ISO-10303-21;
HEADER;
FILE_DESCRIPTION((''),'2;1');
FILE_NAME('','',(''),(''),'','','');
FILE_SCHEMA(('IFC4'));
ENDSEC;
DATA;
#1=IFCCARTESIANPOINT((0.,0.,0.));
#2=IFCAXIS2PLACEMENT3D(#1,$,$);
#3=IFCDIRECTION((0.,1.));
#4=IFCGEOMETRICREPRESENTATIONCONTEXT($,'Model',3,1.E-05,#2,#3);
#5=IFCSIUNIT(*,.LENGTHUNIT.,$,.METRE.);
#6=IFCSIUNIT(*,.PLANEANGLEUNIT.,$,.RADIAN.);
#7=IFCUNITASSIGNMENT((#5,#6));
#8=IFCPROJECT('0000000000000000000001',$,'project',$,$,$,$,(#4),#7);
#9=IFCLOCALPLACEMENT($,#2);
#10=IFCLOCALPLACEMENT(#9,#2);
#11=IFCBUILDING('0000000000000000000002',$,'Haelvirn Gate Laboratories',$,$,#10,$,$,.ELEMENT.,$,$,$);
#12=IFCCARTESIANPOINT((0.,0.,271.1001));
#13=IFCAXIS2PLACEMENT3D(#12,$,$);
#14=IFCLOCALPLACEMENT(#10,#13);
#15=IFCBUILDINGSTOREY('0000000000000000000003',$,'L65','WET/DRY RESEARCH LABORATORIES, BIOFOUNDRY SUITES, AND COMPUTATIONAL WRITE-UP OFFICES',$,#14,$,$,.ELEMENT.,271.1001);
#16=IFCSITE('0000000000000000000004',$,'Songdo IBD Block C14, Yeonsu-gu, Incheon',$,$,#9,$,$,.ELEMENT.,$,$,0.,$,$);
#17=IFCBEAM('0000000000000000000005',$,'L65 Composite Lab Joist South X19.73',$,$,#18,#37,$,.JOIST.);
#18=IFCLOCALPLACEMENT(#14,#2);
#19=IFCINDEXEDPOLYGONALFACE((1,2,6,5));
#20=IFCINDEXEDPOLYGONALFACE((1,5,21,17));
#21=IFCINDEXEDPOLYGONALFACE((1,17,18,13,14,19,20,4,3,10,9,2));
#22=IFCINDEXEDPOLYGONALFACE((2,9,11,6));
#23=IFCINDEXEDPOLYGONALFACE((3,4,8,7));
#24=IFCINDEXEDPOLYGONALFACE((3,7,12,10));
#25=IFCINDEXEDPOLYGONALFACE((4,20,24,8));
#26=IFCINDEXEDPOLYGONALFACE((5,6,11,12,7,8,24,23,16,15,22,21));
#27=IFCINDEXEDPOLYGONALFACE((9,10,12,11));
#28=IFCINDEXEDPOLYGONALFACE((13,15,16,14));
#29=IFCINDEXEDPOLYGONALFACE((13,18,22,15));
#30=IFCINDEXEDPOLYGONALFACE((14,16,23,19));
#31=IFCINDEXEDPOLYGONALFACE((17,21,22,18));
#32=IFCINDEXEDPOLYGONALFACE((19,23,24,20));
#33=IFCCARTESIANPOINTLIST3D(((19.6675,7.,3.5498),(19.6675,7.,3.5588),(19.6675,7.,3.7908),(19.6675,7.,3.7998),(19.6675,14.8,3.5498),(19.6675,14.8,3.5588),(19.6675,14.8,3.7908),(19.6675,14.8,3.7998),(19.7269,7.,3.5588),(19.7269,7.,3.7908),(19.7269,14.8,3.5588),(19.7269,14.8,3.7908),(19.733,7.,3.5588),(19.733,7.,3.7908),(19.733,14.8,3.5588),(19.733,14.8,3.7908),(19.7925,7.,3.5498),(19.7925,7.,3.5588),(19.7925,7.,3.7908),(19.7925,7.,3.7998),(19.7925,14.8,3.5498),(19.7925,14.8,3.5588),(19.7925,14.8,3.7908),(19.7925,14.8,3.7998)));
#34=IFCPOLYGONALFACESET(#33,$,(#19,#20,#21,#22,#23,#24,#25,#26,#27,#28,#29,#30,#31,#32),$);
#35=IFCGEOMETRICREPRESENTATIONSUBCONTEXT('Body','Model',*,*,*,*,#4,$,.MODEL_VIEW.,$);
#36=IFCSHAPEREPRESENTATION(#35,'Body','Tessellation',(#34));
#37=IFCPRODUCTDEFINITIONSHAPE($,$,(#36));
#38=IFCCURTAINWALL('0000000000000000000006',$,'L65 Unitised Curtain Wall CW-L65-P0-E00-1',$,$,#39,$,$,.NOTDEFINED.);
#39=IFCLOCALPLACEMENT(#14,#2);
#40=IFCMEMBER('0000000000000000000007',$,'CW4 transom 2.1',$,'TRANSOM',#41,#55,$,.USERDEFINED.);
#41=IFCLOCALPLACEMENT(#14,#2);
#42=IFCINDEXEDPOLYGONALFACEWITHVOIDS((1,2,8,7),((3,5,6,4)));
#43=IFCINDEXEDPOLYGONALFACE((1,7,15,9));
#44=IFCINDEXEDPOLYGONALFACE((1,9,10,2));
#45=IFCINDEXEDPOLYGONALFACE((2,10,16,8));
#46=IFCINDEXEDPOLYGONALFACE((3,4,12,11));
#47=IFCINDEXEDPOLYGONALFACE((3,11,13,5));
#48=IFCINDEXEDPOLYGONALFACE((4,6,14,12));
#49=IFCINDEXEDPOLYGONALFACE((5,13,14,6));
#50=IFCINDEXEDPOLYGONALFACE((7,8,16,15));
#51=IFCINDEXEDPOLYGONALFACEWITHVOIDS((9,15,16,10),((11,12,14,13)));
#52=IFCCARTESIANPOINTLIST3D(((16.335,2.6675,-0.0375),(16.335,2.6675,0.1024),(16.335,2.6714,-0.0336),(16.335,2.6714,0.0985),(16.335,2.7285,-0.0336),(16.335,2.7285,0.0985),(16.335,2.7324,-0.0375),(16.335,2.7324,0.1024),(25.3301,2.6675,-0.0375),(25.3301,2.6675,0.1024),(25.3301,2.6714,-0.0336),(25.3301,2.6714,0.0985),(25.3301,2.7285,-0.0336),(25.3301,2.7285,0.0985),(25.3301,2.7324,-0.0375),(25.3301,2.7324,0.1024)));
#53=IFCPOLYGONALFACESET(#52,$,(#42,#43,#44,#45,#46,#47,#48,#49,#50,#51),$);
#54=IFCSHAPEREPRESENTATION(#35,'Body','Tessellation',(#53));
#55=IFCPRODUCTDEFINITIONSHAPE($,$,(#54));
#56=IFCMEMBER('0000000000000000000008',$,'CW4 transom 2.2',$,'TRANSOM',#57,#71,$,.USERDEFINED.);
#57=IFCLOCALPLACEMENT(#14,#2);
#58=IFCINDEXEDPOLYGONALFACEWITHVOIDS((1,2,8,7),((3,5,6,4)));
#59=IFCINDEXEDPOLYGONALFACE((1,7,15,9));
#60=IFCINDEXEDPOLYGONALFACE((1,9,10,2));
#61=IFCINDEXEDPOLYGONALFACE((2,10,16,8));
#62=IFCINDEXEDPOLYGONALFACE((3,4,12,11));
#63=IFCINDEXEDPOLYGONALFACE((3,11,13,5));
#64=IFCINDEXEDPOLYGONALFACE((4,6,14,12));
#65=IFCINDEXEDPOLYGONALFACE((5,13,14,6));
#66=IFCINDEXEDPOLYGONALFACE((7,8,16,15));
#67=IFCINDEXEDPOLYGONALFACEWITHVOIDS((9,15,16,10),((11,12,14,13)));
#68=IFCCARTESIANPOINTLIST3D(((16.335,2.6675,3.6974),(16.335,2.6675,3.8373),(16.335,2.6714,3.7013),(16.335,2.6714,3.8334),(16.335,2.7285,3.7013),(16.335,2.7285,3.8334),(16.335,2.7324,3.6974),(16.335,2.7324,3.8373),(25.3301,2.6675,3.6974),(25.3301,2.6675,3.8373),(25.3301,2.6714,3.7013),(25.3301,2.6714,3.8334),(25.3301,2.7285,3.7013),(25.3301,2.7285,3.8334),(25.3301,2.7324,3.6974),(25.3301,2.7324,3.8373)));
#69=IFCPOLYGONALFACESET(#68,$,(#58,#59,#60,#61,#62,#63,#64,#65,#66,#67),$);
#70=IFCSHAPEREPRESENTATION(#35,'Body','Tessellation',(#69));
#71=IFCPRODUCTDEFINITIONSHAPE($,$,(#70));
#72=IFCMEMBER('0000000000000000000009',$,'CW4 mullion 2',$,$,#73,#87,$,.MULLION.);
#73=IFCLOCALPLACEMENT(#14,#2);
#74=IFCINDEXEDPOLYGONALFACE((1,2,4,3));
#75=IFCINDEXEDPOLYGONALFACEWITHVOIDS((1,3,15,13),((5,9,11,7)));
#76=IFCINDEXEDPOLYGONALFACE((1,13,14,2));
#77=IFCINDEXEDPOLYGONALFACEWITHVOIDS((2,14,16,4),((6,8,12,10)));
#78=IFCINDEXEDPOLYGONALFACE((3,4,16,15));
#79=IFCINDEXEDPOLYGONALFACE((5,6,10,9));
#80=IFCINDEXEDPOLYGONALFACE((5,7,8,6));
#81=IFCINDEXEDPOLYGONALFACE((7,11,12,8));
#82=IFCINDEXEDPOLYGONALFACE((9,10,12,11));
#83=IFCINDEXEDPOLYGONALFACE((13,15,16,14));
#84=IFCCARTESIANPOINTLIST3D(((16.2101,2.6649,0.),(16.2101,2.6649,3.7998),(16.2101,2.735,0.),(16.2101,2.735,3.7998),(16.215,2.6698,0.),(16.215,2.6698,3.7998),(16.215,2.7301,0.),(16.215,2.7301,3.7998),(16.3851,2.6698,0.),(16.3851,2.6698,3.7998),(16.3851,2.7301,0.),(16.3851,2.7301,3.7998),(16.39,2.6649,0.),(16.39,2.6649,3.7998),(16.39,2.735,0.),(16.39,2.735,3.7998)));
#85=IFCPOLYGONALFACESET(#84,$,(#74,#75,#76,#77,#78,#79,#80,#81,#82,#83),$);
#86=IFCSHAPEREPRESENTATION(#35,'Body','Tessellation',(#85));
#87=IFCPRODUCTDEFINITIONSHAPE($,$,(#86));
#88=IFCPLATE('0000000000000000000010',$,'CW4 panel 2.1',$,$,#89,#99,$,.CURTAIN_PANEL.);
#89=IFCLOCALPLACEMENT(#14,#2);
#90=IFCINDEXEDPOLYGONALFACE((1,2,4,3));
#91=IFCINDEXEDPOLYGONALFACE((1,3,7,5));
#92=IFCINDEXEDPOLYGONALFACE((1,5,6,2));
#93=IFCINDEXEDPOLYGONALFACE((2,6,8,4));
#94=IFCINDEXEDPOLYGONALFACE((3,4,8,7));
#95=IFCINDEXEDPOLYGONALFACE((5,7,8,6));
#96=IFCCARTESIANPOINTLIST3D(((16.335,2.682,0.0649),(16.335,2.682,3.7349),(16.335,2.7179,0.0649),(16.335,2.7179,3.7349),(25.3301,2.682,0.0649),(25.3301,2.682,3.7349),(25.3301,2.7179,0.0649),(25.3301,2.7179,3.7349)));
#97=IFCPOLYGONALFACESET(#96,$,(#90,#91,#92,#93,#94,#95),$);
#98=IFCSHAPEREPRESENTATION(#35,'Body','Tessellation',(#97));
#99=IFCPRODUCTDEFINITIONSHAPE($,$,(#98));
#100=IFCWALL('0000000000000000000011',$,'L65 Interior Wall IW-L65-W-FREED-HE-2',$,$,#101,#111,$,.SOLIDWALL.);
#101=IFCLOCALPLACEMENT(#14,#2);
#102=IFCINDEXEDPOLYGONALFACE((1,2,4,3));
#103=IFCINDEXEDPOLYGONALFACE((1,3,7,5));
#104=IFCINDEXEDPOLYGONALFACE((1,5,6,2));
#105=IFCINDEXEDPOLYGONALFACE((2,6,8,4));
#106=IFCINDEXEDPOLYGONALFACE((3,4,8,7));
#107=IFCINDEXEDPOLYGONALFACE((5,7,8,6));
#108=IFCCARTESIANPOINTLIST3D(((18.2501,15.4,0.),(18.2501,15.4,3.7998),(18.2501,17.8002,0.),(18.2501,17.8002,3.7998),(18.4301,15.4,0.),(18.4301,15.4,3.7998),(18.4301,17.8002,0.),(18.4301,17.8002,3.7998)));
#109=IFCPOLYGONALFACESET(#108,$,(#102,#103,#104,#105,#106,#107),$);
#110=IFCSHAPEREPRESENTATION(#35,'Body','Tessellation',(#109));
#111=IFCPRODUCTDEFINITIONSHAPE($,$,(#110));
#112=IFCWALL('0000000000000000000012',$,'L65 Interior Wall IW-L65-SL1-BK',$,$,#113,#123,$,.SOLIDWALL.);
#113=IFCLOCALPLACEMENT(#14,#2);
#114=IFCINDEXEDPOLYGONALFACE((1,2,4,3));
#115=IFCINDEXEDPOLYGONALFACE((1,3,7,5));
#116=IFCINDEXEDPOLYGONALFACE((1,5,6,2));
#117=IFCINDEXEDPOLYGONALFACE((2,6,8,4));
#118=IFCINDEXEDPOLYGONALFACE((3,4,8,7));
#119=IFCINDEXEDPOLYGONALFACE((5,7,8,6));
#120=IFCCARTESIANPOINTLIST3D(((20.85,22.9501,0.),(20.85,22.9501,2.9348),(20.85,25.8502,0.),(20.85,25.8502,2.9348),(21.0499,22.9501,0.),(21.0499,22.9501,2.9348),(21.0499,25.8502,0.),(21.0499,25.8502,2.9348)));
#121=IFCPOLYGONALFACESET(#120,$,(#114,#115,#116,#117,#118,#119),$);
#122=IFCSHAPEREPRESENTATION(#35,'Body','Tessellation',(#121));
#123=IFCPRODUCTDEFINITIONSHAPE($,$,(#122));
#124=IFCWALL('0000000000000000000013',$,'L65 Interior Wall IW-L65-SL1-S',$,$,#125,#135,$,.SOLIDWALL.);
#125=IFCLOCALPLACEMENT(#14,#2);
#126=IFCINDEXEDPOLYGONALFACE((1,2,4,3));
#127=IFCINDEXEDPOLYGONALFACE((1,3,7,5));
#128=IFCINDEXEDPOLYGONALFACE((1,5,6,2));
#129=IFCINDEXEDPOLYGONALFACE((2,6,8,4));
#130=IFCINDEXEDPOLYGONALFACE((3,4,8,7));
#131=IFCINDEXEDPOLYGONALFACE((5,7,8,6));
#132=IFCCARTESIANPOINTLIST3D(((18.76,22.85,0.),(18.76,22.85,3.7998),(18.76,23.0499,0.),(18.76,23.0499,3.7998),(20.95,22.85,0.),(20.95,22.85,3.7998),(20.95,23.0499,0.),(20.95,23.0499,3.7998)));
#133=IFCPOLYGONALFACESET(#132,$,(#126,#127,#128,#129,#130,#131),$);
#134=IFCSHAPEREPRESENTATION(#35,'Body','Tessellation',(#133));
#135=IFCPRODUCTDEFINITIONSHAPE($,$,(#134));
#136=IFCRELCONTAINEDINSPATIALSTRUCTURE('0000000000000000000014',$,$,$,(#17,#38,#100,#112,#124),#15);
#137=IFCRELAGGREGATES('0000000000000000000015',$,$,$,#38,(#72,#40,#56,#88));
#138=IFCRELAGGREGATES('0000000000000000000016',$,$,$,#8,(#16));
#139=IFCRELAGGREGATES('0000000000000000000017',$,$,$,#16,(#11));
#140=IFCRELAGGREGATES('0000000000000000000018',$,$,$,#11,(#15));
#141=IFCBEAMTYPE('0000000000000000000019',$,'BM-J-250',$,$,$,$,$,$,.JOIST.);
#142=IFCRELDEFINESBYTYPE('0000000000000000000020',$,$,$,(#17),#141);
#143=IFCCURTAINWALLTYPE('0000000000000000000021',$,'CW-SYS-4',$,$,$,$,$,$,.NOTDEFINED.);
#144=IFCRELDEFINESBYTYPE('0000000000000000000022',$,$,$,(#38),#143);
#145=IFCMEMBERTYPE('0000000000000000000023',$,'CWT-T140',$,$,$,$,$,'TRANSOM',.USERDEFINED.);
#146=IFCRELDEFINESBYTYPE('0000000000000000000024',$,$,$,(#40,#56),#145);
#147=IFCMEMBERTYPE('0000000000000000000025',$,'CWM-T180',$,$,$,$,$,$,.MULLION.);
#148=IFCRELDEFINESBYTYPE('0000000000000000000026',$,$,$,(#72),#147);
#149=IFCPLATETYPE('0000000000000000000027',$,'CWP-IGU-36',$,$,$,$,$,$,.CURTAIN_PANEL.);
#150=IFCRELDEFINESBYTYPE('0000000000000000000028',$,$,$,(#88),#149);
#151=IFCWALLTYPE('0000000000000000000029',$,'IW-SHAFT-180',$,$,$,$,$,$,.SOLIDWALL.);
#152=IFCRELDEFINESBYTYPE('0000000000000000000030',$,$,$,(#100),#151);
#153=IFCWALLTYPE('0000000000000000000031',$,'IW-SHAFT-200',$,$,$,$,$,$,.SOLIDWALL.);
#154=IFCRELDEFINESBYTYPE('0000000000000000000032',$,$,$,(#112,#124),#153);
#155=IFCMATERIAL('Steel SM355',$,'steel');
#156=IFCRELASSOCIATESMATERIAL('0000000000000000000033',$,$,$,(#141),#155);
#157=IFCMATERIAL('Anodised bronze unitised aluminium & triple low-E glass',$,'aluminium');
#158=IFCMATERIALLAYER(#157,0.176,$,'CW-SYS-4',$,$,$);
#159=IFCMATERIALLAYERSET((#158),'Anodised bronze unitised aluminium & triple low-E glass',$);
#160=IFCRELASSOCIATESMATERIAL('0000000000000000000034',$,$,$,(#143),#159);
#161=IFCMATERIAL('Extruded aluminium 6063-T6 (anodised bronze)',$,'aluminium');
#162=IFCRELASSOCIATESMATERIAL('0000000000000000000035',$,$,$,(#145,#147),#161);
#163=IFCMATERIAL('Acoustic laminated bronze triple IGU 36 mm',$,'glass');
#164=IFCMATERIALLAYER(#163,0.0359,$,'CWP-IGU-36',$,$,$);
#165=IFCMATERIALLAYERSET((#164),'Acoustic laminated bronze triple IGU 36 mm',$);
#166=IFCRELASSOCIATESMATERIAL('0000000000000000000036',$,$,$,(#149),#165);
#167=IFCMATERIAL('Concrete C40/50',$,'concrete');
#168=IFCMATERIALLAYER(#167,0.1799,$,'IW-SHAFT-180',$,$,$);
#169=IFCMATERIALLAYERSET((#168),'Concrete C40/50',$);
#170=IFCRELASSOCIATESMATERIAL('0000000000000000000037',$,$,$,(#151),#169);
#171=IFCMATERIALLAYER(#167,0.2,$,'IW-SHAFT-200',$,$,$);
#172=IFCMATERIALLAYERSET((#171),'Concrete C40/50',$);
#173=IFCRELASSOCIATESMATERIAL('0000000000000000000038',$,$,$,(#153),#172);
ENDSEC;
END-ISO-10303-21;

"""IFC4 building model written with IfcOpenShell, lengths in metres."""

from ifc_helpers import new_model, si_unit, direction, frame, frame_2d, origin, origin_2d, place, context, subcontext, project, spatial, rectangle, hollow_rectangle, i_section, extrude, source, transform, mapped, material, layer, layer_set, material_profile, profile_set, type_object, type_shapes, element, aggregate, save


model = new_model("IFC4")

# Units and contexts
model_context = context("Model", 3, precision=1e-05, world=origin(), true_north=direction((0.0, 1.0)))
body_context = subcontext(model_context, "Body", "Model", "MODEL_VIEW")
ifc_project = project(units=[si_unit("LENGTHUNIT", "METRE"), si_unit("PLANEANGLEUNIT", "RADIAN")], contexts=[model_context])

# Site, building, storey
site_placement = place(None, origin())
site = spatial("IfcSite", under=ifc_project, at=site_placement, Name="Songdo IBD Block C14, Yeonsu-gu, Incheon", CompositionType="ELEMENT", RefElevation=0.0)
building_placement = place(site_placement, origin())
building = spatial("IfcBuilding", under=site, at=building_placement, Name="Haelvirn Gate Laboratories", CompositionType="ELEMENT")
storey_placement = place(building_placement, frame((0.0, 0.0, 271.1001)))
storey = spatial("IfcBuildingStorey", under=building, at=storey_placement, Name="L65", Description="WET/DRY RESEARCH LABORATORIES, BIOFOUNDRY SUITES, AND COMPUTATIONAL WRITE-UP OFFICES", CompositionType="ELEMENT", Elevation=271.1001)

# Beam
ifc_material_1 = material(Name="Steel SM355", Category="steel")
ifc_material_profile_1 = material_profile(ifc_material_1, i_section(OverallWidth=0.125, OverallDepth=0.25, WebThickness=0.0061, FlangeThickness=0.009, at=origin_2d()), Name="H-250x125x6x9")
ifc_profile_set_1 = profile_set([ifc_material_profile_1], Name="Steel SM355")
beam_type_1 = type_object("IfcBeamType", Name="BM-J-250", PredefinedType="JOIST", material=ifc_profile_set_1)
shared_shape_1 = source(origin(), body_context, "Body", "SweptSolid", [
    extrude(i_section(OverallWidth=0.125, OverallDepth=0.25, WebThickness=0.0061, FlangeThickness=0.009, at=origin_2d()), origin(), (0.0, 0.0, 1.0), 7.8),
])
type_shapes(beam_type_1, [shared_shape_1])
for number, where, z_axis, x_axis, name in (
    (1, (19.73, 7.0, 3.6748), (0.0, 1.0, 0.0), (-1.0, 0.0, 0.0), "L65 Composite Lab Joist South X19.73"),
):
    element("IfcBeam", number, at=place(storey_placement, frame(where, z_axis=z_axis, x_axis=x_axis)), inside=storey, type_object=beam_type_1, Name=name, PredefinedType="JOIST", context=body_context, shape_type="MappedRepresentation", body=[
        mapped(shared_shape_1, transform((0.0, 0.0, 0.0), scale=1.0)),
    ])

# Curtain wall, members, plate
ifc_material_2 = material(Name="Anodised bronze unitised aluminium & triple low-E glass", Category="aluminium")
ifc_layer_1 = layer(ifc_material_2, 0.176, Name="CW-SYS-4")
ifc_layer_set_1 = layer_set([ifc_layer_1], Name="Anodised bronze unitised aluminium & triple low-E glass")
curtain_wall_type = type_object("IfcCurtainWallType", Name="CW-SYS-4", PredefinedType="NOTDEFINED", material=ifc_layer_set_1)
curtain_wall_placement = place(storey_placement, origin())
curtain_wall = element("IfcCurtainWall", 2, at=curtain_wall_placement, inside=storey, type_object=curtain_wall_type, Name="L65 Unitised Curtain Wall CW-L65-P0-E00-1", PredefinedType="NOTDEFINED")
ifc_material_3 = material(Name="Extruded aluminium 6063-T6 (anodised bronze)", Category="aluminium")
ifc_material_profile_2 = material_profile(ifc_material_3, hollow_rectangle(XDim=0.0649, YDim=0.1399, WallThickness=0.0039, at=origin_2d()), Name="CWT-140x65x4")
ifc_profile_set_2 = profile_set([ifc_material_profile_2], Name="Extruded aluminium 6063-T6 (anodised bronze)")
member_type_1 = type_object("IfcMemberType", Name="CWT-T140", ElementType="TRANSOM", PredefinedType="USERDEFINED", material=ifc_profile_set_2)
shared_shape_2 = source(origin(), body_context, "Body", "SweptSolid", [
    extrude(hollow_rectangle(XDim=0.0649, YDim=0.1399, WallThickness=0.0039, at=origin_2d()), origin(), (0.0, 0.0, 1.0), 8.9951),
])
type_shapes(member_type_1, [shared_shape_2])
member_1_placement = place(storey_placement, frame((16.335, 2.7, 0.0325), z_axis=(1.0, 0.0, 0.0), x_axis=(0.0, 1.0, 0.0)))
member_1 = element("IfcMember", 3, at=member_1_placement, type_object=member_type_1, Name="CW4 transom 2.1", ObjectType="TRANSOM", PredefinedType="USERDEFINED", context=body_context, shape_type="MappedRepresentation", body=[
    mapped(shared_shape_2, transform((0.0, 0.0, 0.0), scale=1.0)),
])
member_2_placement = place(storey_placement, frame((16.335, 2.7, 3.7673), z_axis=(1.0, 0.0, 0.0), x_axis=(0.0, 1.0, 0.0)))
member_2 = element("IfcMember", 4, at=member_2_placement, type_object=member_type_1, Name="CW4 transom 2.2", ObjectType="TRANSOM", PredefinedType="USERDEFINED", context=body_context, shape_type="MappedRepresentation", body=[
    mapped(shared_shape_2, transform((0.0, 0.0, 0.0), scale=1.0)),
])
ifc_material_profile_3 = material_profile(ifc_material_3, hollow_rectangle(XDim=0.0701, YDim=0.1799, WallThickness=0.0049, at=origin_2d()), Name="CWM-180x70x5")
ifc_profile_set_3 = profile_set([ifc_material_profile_3], Name="Extruded aluminium 6063-T6 (anodised bronze)")
member_type_2 = type_object("IfcMemberType", Name="CWM-T180", PredefinedType="MULLION", material=ifc_profile_set_3)
shared_shape_3 = source(origin(), body_context, "Body", "SweptSolid", [
    extrude(hollow_rectangle(XDim=0.0701, YDim=0.1799, WallThickness=0.0049, at=origin_2d()), origin(), (0.0, 0.0, 1.0), 3.7998),
])
type_shapes(member_type_2, [shared_shape_3])
member_3_placement = place(storey_placement, frame((16.3, 2.7, 0.0), z_axis=(0.0, 0.0, 1.0), x_axis=(0.0, 1.0, 0.0)))
member_3 = element("IfcMember", 5, at=member_3_placement, type_object=member_type_2, Name="CW4 mullion 2", PredefinedType="MULLION", context=body_context, shape_type="MappedRepresentation", body=[
    mapped(shared_shape_3, transform((0.0, 0.0, 0.0), scale=1.0)),
])
ifc_material_4 = material(Name="Acoustic laminated bronze triple IGU 36 mm", Category="glass")
ifc_layer_2 = layer(ifc_material_4, 0.0359, Name="CWP-IGU-36")
ifc_layer_set_2 = layer_set([ifc_layer_2], Name="Acoustic laminated bronze triple IGU 36 mm")
plate_type = type_object("IfcPlateType", Name="CWP-IGU-36", PredefinedType="CURTAIN_PANEL", material=ifc_layer_set_2)
shared_shape_4 = source(origin(), body_context, "Body", "SweptSolid", [
    extrude(rectangle(XDim=8.9951, YDim=0.0359, at=origin_2d()), origin(), (0.0, 0.0, 1.0), 3.6699),
])
type_shapes(plate_type, [shared_shape_4])
plate_placement = place(storey_placement, frame((20.8325, 2.7, 0.0649), z_axis=(0.0, 0.0, 1.0), x_axis=(1.0, 0.0, 0.0)))
plate = element("IfcPlate", 6, at=plate_placement, type_object=plate_type, Name="CW4 panel 2.1", PredefinedType="CURTAIN_PANEL", context=body_context, shape_type="MappedRepresentation", body=[
    mapped(shared_shape_4, transform((0.0, 0.0, 0.0), scale=1.0)),
])
aggregate(curtain_wall, [member_3, member_1, member_2, plate])

# Walls
ifc_material_5 = material(Name="Concrete C40/50", Category="concrete")
ifc_layer_3 = layer(ifc_material_5, 0.1799, Name="IW-SHAFT-180")
ifc_layer_set_3 = layer_set([ifc_layer_3], Name="Concrete C40/50")
wall_type_1 = type_object("IfcWallType", Name="IW-SHAFT-180", PredefinedType="SOLIDWALL", material=ifc_layer_set_3)
wall_1_placement = place(storey_placement, frame((18.3401, 15.3999, 0.0), z_axis=(0.0, 0.0, 1.0), x_axis=(0.0, 1.0, 0.0)))
element("IfcWall", 7, at=wall_1_placement, inside=storey, type_object=wall_type_1, Name="L65 Interior Wall IW-L65-W-FREED-HE-2", PredefinedType="SOLIDWALL", context=body_context, shape_type="SweptSolid", body=[
    extrude(rectangle(XDim=2.4001, YDim=0.1799, at=frame_2d((1.2002, 0.0))), origin(), (0.0, 0.0, 1.0), 3.7998),
])
ifc_layer_4 = layer(ifc_material_5, 0.2, Name="IW-SHAFT-200")
ifc_layer_set_4 = layer_set([ifc_layer_4], Name="Concrete C40/50")
wall_type_2 = type_object("IfcWallType", Name="IW-SHAFT-200", PredefinedType="SOLIDWALL", material=ifc_layer_set_4)
wall_2_placement = place(storey_placement, frame((20.95, 22.95, 0.0), z_axis=(0.0, 0.0, 1.0), x_axis=(0.0, 1.0, 0.0)))
element("IfcWall", 8, at=wall_2_placement, inside=storey, type_object=wall_type_2, Name="L65 Interior Wall IW-L65-SL1-BK", PredefinedType="SOLIDWALL", context=body_context, shape_type="SweptSolid", body=[
    extrude(rectangle(XDim=2.9001, YDim=0.2, at=frame_2d((1.4502, 0.0))), origin(), (0.0, 0.0, 1.0), 2.9348),
])
wall_3_placement = place(storey_placement, frame((18.76, 22.95, 0.0), z_axis=(0.0, 0.0, 1.0), x_axis=(1.0, 0.0, 0.0)))
element("IfcWall", 9, at=wall_3_placement, inside=storey, type_object=wall_type_2, Name="L65 Interior Wall IW-L65-SL1-S", PredefinedType="SOLIDWALL", context=body_context, shape_type="SweptSolid", body=[
    extrude(rectangle(XDim=2.1899, YDim=0.2, at=frame_2d((1.095, 0.0))), origin(), (0.0, 0.0, 1.0), 3.7998),
])

save(model, "model.ifc")
